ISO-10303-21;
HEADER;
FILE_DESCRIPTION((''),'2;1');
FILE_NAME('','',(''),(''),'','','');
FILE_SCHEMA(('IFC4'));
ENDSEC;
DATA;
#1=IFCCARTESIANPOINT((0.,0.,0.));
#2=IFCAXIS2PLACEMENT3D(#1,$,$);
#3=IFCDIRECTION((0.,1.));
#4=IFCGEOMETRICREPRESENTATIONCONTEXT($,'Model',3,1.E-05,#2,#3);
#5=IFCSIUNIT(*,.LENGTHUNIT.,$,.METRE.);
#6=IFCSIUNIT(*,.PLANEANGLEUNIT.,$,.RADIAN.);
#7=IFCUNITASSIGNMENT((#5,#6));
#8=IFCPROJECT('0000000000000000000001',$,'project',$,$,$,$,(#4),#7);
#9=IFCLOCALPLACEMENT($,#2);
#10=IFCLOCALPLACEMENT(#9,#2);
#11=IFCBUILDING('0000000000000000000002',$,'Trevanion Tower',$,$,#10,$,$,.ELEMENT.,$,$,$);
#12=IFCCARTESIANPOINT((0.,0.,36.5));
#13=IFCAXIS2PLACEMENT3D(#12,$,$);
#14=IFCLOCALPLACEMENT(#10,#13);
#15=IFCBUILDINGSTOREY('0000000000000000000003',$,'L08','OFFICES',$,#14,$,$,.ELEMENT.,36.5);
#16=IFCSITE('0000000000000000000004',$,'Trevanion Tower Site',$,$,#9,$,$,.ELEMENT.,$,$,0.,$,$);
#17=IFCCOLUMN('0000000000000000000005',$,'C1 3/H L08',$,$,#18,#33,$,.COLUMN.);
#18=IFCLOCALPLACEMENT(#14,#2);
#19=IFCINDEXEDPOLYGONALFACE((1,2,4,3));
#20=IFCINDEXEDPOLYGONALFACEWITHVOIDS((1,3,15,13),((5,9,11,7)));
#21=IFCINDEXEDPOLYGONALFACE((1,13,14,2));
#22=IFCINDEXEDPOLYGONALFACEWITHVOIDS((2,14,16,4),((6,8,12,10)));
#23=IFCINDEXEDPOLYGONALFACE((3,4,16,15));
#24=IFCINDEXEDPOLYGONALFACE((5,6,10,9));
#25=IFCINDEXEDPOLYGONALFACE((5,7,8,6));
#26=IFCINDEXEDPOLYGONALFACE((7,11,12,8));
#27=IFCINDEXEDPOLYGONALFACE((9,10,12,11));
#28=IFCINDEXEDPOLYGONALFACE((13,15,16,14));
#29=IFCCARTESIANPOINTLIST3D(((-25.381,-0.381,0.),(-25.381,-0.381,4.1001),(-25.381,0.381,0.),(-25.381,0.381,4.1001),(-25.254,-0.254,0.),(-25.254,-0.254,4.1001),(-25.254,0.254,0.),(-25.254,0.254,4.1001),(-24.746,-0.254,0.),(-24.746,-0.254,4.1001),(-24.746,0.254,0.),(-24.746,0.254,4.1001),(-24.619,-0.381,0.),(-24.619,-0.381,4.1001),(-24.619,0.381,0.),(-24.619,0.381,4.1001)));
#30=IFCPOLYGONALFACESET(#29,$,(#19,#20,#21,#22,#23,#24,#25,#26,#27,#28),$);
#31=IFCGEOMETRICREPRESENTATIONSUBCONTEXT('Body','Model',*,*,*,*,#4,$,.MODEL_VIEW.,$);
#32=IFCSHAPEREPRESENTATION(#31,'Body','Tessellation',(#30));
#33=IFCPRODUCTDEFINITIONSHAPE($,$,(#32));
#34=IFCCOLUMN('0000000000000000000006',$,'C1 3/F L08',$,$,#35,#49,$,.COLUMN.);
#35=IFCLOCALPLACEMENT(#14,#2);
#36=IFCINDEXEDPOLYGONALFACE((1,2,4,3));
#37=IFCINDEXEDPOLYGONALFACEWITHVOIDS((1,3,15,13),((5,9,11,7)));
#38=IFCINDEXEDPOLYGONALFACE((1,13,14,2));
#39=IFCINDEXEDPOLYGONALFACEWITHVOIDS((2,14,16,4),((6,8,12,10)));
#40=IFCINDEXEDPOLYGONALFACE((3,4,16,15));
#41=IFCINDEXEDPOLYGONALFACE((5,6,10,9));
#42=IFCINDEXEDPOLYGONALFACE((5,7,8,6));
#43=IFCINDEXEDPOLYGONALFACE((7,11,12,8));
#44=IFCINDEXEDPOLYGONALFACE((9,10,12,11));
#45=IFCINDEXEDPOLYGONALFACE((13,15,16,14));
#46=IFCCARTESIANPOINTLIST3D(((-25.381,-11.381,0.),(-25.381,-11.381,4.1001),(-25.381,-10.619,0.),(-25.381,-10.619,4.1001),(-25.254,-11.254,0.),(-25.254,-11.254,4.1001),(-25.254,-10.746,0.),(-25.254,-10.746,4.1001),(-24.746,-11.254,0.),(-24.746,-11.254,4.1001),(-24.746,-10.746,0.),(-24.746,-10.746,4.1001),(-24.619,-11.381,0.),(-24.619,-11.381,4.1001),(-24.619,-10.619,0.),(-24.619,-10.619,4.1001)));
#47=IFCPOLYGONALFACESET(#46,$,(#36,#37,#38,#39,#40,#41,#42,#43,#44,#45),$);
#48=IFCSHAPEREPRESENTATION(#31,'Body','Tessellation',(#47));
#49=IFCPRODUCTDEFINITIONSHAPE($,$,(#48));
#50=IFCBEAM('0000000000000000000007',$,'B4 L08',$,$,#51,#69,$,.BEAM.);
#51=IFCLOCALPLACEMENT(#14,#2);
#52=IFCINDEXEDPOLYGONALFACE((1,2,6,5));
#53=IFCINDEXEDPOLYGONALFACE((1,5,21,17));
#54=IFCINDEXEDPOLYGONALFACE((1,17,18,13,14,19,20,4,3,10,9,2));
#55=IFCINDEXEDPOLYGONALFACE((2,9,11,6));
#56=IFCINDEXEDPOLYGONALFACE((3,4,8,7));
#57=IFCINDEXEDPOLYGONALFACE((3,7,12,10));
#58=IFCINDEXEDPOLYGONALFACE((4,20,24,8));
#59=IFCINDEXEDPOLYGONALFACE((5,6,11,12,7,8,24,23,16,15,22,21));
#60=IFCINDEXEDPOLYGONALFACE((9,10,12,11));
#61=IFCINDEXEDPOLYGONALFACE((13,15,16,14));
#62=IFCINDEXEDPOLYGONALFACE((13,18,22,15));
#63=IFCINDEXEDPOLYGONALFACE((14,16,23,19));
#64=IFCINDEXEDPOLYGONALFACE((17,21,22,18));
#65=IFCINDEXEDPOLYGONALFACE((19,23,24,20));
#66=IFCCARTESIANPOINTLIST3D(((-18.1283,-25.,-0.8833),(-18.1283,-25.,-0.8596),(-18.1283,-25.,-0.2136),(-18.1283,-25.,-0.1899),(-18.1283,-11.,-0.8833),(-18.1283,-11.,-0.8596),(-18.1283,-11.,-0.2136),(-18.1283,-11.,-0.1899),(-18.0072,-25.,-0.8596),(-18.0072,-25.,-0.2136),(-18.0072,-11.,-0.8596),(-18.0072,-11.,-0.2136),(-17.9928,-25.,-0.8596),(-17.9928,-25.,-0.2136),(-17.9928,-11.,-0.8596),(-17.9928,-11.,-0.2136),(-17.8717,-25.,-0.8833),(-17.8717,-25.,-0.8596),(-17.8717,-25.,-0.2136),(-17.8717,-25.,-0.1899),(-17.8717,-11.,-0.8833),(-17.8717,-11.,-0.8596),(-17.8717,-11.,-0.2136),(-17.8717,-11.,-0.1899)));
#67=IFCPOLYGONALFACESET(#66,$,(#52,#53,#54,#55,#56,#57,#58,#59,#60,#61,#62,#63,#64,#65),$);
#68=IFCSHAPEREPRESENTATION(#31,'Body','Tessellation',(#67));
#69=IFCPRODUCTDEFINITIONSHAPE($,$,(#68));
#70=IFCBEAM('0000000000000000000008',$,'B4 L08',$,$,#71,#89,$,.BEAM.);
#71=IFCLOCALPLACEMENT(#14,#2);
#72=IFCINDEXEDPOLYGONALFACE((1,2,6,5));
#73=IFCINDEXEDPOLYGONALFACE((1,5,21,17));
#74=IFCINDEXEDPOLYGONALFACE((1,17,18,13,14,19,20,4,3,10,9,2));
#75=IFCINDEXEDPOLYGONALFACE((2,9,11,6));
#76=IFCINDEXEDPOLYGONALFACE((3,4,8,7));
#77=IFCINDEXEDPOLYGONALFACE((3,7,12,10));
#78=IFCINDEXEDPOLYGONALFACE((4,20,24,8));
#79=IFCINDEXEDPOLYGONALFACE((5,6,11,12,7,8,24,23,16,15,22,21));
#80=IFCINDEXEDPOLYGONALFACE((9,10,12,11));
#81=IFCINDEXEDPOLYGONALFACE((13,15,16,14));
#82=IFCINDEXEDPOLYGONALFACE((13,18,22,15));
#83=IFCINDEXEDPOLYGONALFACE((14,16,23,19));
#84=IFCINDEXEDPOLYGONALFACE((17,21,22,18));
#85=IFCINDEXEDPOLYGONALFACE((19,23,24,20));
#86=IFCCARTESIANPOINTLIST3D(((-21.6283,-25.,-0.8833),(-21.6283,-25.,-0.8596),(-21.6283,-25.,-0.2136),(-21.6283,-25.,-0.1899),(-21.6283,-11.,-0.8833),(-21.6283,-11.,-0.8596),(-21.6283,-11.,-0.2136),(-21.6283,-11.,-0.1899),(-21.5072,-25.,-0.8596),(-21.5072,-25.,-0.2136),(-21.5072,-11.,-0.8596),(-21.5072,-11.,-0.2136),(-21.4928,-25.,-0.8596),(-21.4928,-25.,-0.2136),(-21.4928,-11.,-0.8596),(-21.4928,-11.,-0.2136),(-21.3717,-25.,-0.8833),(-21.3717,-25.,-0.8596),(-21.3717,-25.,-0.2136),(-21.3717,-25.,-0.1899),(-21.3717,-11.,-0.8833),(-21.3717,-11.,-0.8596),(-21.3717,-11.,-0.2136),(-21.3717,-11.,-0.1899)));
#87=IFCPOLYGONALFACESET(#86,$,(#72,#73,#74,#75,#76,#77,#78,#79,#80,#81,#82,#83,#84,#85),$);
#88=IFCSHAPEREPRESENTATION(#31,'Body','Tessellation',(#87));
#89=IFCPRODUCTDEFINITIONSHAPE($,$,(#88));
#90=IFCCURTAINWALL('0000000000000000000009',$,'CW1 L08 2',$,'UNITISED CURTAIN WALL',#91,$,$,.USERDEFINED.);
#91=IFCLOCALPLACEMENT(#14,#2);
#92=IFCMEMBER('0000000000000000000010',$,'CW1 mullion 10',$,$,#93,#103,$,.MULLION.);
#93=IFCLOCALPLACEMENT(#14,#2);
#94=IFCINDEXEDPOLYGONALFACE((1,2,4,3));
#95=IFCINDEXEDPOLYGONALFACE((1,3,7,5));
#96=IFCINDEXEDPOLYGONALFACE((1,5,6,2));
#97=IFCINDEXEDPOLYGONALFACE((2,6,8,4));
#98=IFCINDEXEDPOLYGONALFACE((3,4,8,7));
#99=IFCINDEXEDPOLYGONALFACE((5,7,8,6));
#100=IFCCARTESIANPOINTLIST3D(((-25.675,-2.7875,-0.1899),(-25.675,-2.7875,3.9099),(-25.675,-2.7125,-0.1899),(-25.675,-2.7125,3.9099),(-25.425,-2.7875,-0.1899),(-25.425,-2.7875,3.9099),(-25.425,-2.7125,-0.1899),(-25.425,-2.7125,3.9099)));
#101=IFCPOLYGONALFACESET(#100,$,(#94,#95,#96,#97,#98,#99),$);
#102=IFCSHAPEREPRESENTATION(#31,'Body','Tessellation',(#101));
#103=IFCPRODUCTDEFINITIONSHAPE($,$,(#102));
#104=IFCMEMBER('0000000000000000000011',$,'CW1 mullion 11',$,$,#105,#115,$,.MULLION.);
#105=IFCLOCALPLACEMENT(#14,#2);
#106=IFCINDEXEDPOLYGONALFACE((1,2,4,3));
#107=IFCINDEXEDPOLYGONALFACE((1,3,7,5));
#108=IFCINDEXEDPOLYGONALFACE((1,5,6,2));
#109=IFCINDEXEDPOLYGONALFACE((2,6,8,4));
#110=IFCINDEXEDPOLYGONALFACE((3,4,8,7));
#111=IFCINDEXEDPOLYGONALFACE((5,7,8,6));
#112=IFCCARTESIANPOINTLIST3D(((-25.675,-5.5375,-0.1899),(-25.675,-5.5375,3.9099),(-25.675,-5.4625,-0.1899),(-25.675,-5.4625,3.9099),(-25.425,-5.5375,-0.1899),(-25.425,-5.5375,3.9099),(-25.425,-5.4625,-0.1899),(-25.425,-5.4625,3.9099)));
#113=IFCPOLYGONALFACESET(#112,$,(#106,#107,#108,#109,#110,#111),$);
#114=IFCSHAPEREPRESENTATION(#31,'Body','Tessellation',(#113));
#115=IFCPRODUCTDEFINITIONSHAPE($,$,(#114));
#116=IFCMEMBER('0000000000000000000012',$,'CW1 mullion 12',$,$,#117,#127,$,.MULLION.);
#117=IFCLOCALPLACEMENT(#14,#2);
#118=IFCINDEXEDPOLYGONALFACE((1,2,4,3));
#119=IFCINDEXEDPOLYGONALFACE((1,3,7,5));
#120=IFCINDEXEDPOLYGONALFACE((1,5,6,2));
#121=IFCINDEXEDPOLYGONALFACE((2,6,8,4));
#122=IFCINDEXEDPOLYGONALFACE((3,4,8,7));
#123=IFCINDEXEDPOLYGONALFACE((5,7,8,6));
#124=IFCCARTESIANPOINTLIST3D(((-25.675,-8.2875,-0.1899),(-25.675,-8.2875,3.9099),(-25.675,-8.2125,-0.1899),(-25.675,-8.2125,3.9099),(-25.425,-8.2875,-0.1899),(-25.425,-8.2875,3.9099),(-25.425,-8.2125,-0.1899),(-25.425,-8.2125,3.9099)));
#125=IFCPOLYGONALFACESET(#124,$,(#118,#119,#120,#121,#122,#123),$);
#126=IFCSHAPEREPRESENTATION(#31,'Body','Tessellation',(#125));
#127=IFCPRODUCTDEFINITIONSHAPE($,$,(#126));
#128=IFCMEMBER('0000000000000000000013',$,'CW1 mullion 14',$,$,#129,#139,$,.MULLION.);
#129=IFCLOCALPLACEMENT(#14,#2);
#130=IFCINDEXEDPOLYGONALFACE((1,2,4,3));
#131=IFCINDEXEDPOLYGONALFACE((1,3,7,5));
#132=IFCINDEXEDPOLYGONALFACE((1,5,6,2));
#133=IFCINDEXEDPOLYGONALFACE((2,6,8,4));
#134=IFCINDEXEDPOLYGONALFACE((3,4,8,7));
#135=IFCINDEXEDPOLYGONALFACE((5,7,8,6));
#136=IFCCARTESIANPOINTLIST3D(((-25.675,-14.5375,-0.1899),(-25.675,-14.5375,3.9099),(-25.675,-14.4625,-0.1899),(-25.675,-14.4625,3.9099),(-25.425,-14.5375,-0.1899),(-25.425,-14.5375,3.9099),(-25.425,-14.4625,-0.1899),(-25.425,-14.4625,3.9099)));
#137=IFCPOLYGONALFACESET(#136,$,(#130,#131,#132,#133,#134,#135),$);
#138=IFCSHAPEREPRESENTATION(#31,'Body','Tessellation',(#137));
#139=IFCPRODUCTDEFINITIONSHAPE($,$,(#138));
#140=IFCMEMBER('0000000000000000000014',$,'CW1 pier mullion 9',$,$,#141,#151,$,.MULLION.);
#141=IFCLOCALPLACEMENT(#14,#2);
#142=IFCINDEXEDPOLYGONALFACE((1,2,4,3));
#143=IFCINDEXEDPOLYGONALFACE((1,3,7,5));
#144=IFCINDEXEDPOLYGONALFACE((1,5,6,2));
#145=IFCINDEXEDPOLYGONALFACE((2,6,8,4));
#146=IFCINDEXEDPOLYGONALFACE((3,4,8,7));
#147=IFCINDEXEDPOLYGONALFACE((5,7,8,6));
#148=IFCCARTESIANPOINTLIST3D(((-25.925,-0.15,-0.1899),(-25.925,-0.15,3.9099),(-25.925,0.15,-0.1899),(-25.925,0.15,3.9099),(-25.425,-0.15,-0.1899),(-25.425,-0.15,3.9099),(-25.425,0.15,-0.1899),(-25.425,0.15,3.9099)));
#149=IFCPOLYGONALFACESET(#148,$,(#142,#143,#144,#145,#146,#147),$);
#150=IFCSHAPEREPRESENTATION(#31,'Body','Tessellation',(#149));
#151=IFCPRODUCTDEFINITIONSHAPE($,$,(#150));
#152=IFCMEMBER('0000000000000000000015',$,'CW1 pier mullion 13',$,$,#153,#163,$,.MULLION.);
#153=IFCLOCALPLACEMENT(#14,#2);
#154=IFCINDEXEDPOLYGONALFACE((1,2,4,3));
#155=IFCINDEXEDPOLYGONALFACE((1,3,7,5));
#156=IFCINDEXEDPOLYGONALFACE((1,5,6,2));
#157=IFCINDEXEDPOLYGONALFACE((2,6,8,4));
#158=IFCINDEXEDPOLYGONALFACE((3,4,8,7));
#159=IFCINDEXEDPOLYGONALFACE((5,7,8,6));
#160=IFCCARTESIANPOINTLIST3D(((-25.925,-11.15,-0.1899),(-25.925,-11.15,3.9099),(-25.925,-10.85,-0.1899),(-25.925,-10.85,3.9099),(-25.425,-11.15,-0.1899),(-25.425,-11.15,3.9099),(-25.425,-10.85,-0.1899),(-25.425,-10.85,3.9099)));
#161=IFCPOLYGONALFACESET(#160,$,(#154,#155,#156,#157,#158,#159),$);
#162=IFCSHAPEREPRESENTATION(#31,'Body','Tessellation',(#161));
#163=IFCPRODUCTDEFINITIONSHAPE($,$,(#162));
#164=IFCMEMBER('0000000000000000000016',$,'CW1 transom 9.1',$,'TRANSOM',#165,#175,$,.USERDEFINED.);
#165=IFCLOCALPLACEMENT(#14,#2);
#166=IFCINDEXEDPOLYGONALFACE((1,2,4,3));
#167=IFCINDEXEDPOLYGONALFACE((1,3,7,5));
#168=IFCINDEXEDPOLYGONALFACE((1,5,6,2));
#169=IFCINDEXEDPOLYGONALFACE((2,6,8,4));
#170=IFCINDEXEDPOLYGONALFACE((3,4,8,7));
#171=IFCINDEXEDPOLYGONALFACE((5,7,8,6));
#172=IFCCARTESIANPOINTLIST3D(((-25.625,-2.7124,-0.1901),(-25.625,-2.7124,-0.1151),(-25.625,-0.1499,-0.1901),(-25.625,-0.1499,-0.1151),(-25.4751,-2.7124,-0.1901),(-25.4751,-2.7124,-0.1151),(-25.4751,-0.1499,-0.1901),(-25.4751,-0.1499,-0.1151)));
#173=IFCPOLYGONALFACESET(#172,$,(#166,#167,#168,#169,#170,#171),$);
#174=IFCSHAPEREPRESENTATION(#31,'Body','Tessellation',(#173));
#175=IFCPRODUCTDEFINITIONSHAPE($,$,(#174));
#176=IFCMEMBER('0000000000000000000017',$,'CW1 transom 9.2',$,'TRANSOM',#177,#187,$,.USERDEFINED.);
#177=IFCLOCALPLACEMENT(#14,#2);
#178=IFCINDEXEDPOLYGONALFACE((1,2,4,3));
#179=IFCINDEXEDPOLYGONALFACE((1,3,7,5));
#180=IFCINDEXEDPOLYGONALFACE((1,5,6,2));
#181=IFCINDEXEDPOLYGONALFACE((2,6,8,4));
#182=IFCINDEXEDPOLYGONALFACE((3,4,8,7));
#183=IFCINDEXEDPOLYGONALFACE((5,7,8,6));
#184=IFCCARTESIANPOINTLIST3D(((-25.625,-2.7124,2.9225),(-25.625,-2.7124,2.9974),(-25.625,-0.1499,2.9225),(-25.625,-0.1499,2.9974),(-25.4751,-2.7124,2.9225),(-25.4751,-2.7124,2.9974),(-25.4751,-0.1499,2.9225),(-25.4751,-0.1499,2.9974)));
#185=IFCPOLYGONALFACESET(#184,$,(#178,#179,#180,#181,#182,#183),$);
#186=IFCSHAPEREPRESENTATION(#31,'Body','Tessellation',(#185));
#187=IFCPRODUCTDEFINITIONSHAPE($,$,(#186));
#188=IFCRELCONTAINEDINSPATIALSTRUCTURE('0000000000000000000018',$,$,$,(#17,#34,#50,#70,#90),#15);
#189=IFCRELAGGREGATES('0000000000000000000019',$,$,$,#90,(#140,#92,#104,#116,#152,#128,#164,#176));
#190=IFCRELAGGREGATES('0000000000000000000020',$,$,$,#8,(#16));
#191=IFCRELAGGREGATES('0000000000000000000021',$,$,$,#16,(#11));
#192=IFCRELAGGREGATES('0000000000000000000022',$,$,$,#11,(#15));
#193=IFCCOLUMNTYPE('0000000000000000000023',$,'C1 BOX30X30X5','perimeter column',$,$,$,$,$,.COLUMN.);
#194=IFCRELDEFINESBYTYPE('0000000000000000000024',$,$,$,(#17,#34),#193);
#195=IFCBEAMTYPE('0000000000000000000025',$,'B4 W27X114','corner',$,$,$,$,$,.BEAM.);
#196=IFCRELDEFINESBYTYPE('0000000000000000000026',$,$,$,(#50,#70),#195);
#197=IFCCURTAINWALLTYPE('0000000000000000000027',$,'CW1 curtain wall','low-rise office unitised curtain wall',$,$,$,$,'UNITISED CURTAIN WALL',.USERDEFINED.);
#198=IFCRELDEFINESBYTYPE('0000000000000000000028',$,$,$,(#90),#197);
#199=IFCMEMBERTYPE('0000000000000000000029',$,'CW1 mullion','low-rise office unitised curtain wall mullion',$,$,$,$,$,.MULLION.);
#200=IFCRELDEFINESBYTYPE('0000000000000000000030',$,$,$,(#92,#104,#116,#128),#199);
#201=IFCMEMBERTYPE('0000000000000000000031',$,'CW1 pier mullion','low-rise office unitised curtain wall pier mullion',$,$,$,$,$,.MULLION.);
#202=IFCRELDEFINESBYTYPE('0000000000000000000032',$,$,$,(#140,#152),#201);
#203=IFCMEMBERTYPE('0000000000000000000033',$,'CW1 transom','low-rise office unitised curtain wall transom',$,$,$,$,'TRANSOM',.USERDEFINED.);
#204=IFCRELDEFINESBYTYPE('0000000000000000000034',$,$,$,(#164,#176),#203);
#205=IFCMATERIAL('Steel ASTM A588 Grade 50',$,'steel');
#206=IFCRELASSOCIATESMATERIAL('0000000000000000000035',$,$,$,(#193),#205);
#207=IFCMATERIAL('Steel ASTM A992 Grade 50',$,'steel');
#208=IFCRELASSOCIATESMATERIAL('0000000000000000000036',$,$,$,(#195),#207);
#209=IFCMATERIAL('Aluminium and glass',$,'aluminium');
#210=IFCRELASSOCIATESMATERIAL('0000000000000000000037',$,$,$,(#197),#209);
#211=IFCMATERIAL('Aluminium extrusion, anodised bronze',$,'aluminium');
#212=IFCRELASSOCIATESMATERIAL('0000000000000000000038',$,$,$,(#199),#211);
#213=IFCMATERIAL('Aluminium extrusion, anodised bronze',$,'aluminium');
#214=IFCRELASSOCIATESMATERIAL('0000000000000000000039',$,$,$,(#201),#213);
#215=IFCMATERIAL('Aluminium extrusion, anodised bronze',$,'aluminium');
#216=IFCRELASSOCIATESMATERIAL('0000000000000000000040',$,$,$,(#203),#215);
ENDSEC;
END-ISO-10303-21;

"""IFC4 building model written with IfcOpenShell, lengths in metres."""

from ifc_helpers import new_model, si_unit, direction, frame, origin, origin_2d, place, context, subcontext, project, spatial, rectangle, hollow_rectangle, i_section, extrude, material, material_profile, profile_set, type_object, element, aggregate, save


model = new_model("IFC4")

# Units and contexts
model_context = context("Model", 3, precision=1e-05, world=origin(), true_north=direction((0.0, 1.0)))
body_context = subcontext(model_context, "Body", "Model", "MODEL_VIEW")
ifc_project = project(units=[si_unit("LENGTHUNIT", "METRE"), si_unit("PLANEANGLEUNIT", "RADIAN")], contexts=[model_context])

# Site, building, storey
site_placement = place(None, origin())
site = spatial("IfcSite", under=ifc_project, at=site_placement, Name="Trevanion Tower Site", CompositionType="ELEMENT", RefElevation=0.0)
building_placement = place(site_placement, origin())
building = spatial("IfcBuilding", under=site, at=building_placement, Name="Trevanion Tower", CompositionType="ELEMENT")
storey_placement = place(building_placement, frame((0.0, 0.0, 36.5)))
storey = spatial("IfcBuildingStorey", under=building, at=storey_placement, Name="L08", Description="OFFICES", CompositionType="ELEMENT", Elevation=36.5)

# Columns
ifc_material_1 = material(Name="Steel ASTM A588 Grade 50", Category="steel")
ifc_material_profile_1 = material_profile(ifc_material_1, hollow_rectangle(XDim=0.762, YDim=0.762, WallThickness=0.127, at=origin_2d()), Name="BOX30X30X5")
ifc_profile_set_1 = profile_set([ifc_material_profile_1], Name="Steel ASTM A588 Grade 50")
column_type = type_object("IfcColumnType", Name="C1 BOX30X30X5", Description="perimeter column", PredefinedType="COLUMN", material=ifc_profile_set_1)
for number, where, z_axis, x_axis, name in (
    (1, (-25.0, 0.0, 0.0), (0.0, 0.0, 1.0), (0.0, 1.0, 0.0), "C1 3/H L08"),
    (2, (-25.0, -11.0, 0.0), (0.0, 0.0, 1.0), (0.0, 1.0, 0.0), "C1 3/F L08"),
):
    element("IfcColumn", number, at=place(storey_placement, frame(where, z_axis=z_axis, x_axis=x_axis)), inside=storey, type_object=column_type, Name=name, PredefinedType="COLUMN", context=body_context, shape_type="SweptSolid", body=[
        extrude(hollow_rectangle(XDim=0.762, YDim=0.762, WallThickness=0.127, at=origin_2d()), origin(), (0.0, 0.0, 1.0), 4.1001),
    ])

# Beams
ifc_material_2 = material(Name="Steel ASTM A992 Grade 50", Category="steel")
ifc_material_profile_2 = material_profile(ifc_material_2, i_section(OverallWidth=0.2566, OverallDepth=0.6934, WebThickness=0.0144, FlangeThickness=0.0237, at=origin_2d()), Name="W27X114")
ifc_profile_set_2 = profile_set([ifc_material_profile_2], Name="Steel ASTM A992 Grade 50")
beam_type_1 = type_object("IfcBeamType", Name="B4 W27X114", Description="corner", PredefinedType="BEAM", material=ifc_profile_set_2)
for number, where, z_axis, x_axis, name in (
    (3, (-18.0, -11.0, -0.5366), (0.0, -1.0, 0.0), (1.0, 0.0, 0.0), "B4 L08"),
    (4, (-21.5, -11.0, -0.5366), (0.0, -1.0, 0.0), (1.0, 0.0, 0.0), "B4 L08"),
):
    element("IfcBeam", number, at=place(storey_placement, frame(where, z_axis=z_axis, x_axis=x_axis)), inside=storey, type_object=beam_type_1, Name=name, PredefinedType="BEAM", context=body_context, shape_type="SweptSolid", body=[
        extrude(i_section(OverallWidth=0.2566, OverallDepth=0.6934, WebThickness=0.0144, FlangeThickness=0.0237, at=origin_2d()), origin(), (0.0, 0.0, 1.0), 14.0),
    ])

# Curtain wall, members
ifc_material_3 = material(Name="Aluminium and glass", Category="aluminium")
curtain_wall_type = type_object("IfcCurtainWallType", Name="CW1 curtain wall", Description="low-rise office unitised curtain wall", ElementType="UNITISED CURTAIN WALL", PredefinedType="USERDEFINED", material=ifc_material_3)
curtain_wall_placement = place(storey_placement, origin())
curtain_wall = element("IfcCurtainWall", 5, at=curtain_wall_placement, inside=storey, type_object=curtain_wall_type, Name="CW1 L08 2", ObjectType="UNITISED CURTAIN WALL", PredefinedType="USERDEFINED")
ifc_material_4 = material(Name="Aluminium extrusion, anodised bronze", Category="aluminium")
ifc_material_profile_3 = material_profile(ifc_material_4, rectangle(XDim=0.075, YDim=0.25, at=origin_2d()), Name="CW1 mullion")
ifc_profile_set_3 = profile_set([ifc_material_profile_3], Name="Aluminium extrusion, anodised bronze")
member_type_1 = type_object("IfcMemberType", Name="CW1 mullion", Description="low-rise office unitised curtain wall mullion", PredefinedType="MULLION", material=ifc_profile_set_3)
member_1_placement = place(storey_placement, frame((-25.55, -2.75, -0.1899), z_axis=(0.0, 0.0, 1.0), x_axis=(0.0, -1.0, 0.0)))
member_1 = element("IfcMember", 6, at=member_1_placement, type_object=member_type_1, Name="CW1 mullion 10", PredefinedType="MULLION", context=body_context, shape_type="SweptSolid", body=[
    extrude(rectangle(XDim=0.075, YDim=0.25, at=origin_2d()), origin(), (0.0, 0.0, 1.0), 4.0999),
])
member_2_placement = place(storey_placement, frame((-25.55, -5.5, -0.1899), z_axis=(0.0, 0.0, 1.0), x_axis=(0.0, -1.0, 0.0)))
member_2 = element("IfcMember", 7, at=member_2_placement, type_object=member_type_1, Name="CW1 mullion 11", PredefinedType="MULLION", context=body_context, shape_type="SweptSolid", body=[
    extrude(rectangle(XDim=0.075, YDim=0.25, at=origin_2d()), origin(), (0.0, 0.0, 1.0), 4.0999),
])
member_3_placement = place(storey_placement, frame((-25.55, -8.25, -0.1899), z_axis=(0.0, 0.0, 1.0), x_axis=(0.0, -1.0, 0.0)))
member_3 = element("IfcMember", 8, at=member_3_placement, type_object=member_type_1, Name="CW1 mullion 12", PredefinedType="MULLION", context=body_context, shape_type="SweptSolid", body=[
    extrude(rectangle(XDim=0.075, YDim=0.25, at=origin_2d()), origin(), (0.0, 0.0, 1.0), 4.0999),
])
member_4_placement = place(storey_placement, frame((-25.55, -14.5, -0.1899), z_axis=(0.0, 0.0, 1.0), x_axis=(0.0, -1.0, 0.0)))
member_4 = element("IfcMember", 9, at=member_4_placement, type_object=member_type_1, Name="CW1 mullion 14", PredefinedType="MULLION", context=body_context, shape_type="SweptSolid", body=[
    extrude(rectangle(XDim=0.075, YDim=0.25, at=origin_2d()), origin(), (0.0, 0.0, 1.0), 4.0999),
])
ifc_material_5 = material(Name="Aluminium extrusion, anodised bronze", Category="aluminium")
ifc_material_profile_4 = material_profile(ifc_material_5, rectangle(XDim=0.3, YDim=0.5, at=origin_2d()), Name="CW1 pier mullion")
ifc_profile_set_4 = profile_set([ifc_material_profile_4], Name="Aluminium extrusion, anodised bronze")
member_type_2 = type_object("IfcMemberType", Name="CW1 pier mullion", Description="low-rise office unitised curtain wall pier mullion", PredefinedType="MULLION", material=ifc_profile_set_4)
member_5_placement = place(storey_placement, frame((-25.675, 0.0, -0.1899), z_axis=(0.0, 0.0, 1.0), x_axis=(0.0, -1.0, 0.0)))
member_5 = element("IfcMember", 10, at=member_5_placement, type_object=member_type_2, Name="CW1 pier mullion 9", PredefinedType="MULLION", context=body_context, shape_type="SweptSolid", body=[
    extrude(rectangle(XDim=0.3, YDim=0.5, at=origin_2d()), origin(), (0.0, 0.0, 1.0), 4.0999),
])
member_6_placement = place(storey_placement, frame((-25.675, -11.0, -0.1899), z_axis=(0.0, 0.0, 1.0), x_axis=(0.0, -1.0, 0.0)))
member_6 = element("IfcMember", 11, at=member_6_placement, type_object=member_type_2, Name="CW1 pier mullion 13", PredefinedType="MULLION", context=body_context, shape_type="SweptSolid", body=[
    extrude(rectangle(XDim=0.3, YDim=0.5, at=origin_2d()), origin(), (0.0, 0.0, 1.0), 4.0999),
])
ifc_material_6 = material(Name="Aluminium extrusion, anodised bronze", Category="aluminium")
ifc_material_profile_5 = material_profile(ifc_material_6, rectangle(XDim=0.1499, YDim=0.075, at=origin_2d()), Name="CW1 transom")
ifc_profile_set_5 = profile_set([ifc_material_profile_5], Name="Aluminium extrusion, anodised bronze")
member_type_3 = type_object("IfcMemberType", Name="CW1 transom", Description="low-rise office unitised curtain wall transom", ElementType="TRANSOM", PredefinedType="USERDEFINED", material=ifc_profile_set_5)
member_7_placement = place(storey_placement, frame((-25.55, -0.1499, -0.1526), z_axis=(0.0, -1.0, 0.0), x_axis=(1.0, 0.0, 0.0)))
member_7 = element("IfcMember", 12, at=member_7_placement, type_object=member_type_3, Name="CW1 transom 9.1", ObjectType="TRANSOM", PredefinedType="USERDEFINED", context=body_context, shape_type="SweptSolid", body=[
    extrude(rectangle(XDim=0.1499, YDim=0.075, at=origin_2d()), origin(), (0.0, 0.0, 1.0), 2.5625),
])
member_8_placement = place(storey_placement, frame((-25.55, -0.1499, 2.96), z_axis=(0.0, -1.0, 0.0), x_axis=(1.0, 0.0, 0.0)))
member_8 = element("IfcMember", 13, at=member_8_placement, type_object=member_type_3, Name="CW1 transom 9.2", ObjectType="TRANSOM", PredefinedType="USERDEFINED", context=body_context, shape_type="SweptSolid", body=[
    extrude(rectangle(XDim=0.1499, YDim=0.075, at=origin_2d()), origin(), (0.0, 0.0, 1.0), 2.5625),
])

aggregate(curtain_wall, [member_5, member_1, member_2, member_3, member_6, member_4, member_7, member_8])

save(model, "model.ifc")
